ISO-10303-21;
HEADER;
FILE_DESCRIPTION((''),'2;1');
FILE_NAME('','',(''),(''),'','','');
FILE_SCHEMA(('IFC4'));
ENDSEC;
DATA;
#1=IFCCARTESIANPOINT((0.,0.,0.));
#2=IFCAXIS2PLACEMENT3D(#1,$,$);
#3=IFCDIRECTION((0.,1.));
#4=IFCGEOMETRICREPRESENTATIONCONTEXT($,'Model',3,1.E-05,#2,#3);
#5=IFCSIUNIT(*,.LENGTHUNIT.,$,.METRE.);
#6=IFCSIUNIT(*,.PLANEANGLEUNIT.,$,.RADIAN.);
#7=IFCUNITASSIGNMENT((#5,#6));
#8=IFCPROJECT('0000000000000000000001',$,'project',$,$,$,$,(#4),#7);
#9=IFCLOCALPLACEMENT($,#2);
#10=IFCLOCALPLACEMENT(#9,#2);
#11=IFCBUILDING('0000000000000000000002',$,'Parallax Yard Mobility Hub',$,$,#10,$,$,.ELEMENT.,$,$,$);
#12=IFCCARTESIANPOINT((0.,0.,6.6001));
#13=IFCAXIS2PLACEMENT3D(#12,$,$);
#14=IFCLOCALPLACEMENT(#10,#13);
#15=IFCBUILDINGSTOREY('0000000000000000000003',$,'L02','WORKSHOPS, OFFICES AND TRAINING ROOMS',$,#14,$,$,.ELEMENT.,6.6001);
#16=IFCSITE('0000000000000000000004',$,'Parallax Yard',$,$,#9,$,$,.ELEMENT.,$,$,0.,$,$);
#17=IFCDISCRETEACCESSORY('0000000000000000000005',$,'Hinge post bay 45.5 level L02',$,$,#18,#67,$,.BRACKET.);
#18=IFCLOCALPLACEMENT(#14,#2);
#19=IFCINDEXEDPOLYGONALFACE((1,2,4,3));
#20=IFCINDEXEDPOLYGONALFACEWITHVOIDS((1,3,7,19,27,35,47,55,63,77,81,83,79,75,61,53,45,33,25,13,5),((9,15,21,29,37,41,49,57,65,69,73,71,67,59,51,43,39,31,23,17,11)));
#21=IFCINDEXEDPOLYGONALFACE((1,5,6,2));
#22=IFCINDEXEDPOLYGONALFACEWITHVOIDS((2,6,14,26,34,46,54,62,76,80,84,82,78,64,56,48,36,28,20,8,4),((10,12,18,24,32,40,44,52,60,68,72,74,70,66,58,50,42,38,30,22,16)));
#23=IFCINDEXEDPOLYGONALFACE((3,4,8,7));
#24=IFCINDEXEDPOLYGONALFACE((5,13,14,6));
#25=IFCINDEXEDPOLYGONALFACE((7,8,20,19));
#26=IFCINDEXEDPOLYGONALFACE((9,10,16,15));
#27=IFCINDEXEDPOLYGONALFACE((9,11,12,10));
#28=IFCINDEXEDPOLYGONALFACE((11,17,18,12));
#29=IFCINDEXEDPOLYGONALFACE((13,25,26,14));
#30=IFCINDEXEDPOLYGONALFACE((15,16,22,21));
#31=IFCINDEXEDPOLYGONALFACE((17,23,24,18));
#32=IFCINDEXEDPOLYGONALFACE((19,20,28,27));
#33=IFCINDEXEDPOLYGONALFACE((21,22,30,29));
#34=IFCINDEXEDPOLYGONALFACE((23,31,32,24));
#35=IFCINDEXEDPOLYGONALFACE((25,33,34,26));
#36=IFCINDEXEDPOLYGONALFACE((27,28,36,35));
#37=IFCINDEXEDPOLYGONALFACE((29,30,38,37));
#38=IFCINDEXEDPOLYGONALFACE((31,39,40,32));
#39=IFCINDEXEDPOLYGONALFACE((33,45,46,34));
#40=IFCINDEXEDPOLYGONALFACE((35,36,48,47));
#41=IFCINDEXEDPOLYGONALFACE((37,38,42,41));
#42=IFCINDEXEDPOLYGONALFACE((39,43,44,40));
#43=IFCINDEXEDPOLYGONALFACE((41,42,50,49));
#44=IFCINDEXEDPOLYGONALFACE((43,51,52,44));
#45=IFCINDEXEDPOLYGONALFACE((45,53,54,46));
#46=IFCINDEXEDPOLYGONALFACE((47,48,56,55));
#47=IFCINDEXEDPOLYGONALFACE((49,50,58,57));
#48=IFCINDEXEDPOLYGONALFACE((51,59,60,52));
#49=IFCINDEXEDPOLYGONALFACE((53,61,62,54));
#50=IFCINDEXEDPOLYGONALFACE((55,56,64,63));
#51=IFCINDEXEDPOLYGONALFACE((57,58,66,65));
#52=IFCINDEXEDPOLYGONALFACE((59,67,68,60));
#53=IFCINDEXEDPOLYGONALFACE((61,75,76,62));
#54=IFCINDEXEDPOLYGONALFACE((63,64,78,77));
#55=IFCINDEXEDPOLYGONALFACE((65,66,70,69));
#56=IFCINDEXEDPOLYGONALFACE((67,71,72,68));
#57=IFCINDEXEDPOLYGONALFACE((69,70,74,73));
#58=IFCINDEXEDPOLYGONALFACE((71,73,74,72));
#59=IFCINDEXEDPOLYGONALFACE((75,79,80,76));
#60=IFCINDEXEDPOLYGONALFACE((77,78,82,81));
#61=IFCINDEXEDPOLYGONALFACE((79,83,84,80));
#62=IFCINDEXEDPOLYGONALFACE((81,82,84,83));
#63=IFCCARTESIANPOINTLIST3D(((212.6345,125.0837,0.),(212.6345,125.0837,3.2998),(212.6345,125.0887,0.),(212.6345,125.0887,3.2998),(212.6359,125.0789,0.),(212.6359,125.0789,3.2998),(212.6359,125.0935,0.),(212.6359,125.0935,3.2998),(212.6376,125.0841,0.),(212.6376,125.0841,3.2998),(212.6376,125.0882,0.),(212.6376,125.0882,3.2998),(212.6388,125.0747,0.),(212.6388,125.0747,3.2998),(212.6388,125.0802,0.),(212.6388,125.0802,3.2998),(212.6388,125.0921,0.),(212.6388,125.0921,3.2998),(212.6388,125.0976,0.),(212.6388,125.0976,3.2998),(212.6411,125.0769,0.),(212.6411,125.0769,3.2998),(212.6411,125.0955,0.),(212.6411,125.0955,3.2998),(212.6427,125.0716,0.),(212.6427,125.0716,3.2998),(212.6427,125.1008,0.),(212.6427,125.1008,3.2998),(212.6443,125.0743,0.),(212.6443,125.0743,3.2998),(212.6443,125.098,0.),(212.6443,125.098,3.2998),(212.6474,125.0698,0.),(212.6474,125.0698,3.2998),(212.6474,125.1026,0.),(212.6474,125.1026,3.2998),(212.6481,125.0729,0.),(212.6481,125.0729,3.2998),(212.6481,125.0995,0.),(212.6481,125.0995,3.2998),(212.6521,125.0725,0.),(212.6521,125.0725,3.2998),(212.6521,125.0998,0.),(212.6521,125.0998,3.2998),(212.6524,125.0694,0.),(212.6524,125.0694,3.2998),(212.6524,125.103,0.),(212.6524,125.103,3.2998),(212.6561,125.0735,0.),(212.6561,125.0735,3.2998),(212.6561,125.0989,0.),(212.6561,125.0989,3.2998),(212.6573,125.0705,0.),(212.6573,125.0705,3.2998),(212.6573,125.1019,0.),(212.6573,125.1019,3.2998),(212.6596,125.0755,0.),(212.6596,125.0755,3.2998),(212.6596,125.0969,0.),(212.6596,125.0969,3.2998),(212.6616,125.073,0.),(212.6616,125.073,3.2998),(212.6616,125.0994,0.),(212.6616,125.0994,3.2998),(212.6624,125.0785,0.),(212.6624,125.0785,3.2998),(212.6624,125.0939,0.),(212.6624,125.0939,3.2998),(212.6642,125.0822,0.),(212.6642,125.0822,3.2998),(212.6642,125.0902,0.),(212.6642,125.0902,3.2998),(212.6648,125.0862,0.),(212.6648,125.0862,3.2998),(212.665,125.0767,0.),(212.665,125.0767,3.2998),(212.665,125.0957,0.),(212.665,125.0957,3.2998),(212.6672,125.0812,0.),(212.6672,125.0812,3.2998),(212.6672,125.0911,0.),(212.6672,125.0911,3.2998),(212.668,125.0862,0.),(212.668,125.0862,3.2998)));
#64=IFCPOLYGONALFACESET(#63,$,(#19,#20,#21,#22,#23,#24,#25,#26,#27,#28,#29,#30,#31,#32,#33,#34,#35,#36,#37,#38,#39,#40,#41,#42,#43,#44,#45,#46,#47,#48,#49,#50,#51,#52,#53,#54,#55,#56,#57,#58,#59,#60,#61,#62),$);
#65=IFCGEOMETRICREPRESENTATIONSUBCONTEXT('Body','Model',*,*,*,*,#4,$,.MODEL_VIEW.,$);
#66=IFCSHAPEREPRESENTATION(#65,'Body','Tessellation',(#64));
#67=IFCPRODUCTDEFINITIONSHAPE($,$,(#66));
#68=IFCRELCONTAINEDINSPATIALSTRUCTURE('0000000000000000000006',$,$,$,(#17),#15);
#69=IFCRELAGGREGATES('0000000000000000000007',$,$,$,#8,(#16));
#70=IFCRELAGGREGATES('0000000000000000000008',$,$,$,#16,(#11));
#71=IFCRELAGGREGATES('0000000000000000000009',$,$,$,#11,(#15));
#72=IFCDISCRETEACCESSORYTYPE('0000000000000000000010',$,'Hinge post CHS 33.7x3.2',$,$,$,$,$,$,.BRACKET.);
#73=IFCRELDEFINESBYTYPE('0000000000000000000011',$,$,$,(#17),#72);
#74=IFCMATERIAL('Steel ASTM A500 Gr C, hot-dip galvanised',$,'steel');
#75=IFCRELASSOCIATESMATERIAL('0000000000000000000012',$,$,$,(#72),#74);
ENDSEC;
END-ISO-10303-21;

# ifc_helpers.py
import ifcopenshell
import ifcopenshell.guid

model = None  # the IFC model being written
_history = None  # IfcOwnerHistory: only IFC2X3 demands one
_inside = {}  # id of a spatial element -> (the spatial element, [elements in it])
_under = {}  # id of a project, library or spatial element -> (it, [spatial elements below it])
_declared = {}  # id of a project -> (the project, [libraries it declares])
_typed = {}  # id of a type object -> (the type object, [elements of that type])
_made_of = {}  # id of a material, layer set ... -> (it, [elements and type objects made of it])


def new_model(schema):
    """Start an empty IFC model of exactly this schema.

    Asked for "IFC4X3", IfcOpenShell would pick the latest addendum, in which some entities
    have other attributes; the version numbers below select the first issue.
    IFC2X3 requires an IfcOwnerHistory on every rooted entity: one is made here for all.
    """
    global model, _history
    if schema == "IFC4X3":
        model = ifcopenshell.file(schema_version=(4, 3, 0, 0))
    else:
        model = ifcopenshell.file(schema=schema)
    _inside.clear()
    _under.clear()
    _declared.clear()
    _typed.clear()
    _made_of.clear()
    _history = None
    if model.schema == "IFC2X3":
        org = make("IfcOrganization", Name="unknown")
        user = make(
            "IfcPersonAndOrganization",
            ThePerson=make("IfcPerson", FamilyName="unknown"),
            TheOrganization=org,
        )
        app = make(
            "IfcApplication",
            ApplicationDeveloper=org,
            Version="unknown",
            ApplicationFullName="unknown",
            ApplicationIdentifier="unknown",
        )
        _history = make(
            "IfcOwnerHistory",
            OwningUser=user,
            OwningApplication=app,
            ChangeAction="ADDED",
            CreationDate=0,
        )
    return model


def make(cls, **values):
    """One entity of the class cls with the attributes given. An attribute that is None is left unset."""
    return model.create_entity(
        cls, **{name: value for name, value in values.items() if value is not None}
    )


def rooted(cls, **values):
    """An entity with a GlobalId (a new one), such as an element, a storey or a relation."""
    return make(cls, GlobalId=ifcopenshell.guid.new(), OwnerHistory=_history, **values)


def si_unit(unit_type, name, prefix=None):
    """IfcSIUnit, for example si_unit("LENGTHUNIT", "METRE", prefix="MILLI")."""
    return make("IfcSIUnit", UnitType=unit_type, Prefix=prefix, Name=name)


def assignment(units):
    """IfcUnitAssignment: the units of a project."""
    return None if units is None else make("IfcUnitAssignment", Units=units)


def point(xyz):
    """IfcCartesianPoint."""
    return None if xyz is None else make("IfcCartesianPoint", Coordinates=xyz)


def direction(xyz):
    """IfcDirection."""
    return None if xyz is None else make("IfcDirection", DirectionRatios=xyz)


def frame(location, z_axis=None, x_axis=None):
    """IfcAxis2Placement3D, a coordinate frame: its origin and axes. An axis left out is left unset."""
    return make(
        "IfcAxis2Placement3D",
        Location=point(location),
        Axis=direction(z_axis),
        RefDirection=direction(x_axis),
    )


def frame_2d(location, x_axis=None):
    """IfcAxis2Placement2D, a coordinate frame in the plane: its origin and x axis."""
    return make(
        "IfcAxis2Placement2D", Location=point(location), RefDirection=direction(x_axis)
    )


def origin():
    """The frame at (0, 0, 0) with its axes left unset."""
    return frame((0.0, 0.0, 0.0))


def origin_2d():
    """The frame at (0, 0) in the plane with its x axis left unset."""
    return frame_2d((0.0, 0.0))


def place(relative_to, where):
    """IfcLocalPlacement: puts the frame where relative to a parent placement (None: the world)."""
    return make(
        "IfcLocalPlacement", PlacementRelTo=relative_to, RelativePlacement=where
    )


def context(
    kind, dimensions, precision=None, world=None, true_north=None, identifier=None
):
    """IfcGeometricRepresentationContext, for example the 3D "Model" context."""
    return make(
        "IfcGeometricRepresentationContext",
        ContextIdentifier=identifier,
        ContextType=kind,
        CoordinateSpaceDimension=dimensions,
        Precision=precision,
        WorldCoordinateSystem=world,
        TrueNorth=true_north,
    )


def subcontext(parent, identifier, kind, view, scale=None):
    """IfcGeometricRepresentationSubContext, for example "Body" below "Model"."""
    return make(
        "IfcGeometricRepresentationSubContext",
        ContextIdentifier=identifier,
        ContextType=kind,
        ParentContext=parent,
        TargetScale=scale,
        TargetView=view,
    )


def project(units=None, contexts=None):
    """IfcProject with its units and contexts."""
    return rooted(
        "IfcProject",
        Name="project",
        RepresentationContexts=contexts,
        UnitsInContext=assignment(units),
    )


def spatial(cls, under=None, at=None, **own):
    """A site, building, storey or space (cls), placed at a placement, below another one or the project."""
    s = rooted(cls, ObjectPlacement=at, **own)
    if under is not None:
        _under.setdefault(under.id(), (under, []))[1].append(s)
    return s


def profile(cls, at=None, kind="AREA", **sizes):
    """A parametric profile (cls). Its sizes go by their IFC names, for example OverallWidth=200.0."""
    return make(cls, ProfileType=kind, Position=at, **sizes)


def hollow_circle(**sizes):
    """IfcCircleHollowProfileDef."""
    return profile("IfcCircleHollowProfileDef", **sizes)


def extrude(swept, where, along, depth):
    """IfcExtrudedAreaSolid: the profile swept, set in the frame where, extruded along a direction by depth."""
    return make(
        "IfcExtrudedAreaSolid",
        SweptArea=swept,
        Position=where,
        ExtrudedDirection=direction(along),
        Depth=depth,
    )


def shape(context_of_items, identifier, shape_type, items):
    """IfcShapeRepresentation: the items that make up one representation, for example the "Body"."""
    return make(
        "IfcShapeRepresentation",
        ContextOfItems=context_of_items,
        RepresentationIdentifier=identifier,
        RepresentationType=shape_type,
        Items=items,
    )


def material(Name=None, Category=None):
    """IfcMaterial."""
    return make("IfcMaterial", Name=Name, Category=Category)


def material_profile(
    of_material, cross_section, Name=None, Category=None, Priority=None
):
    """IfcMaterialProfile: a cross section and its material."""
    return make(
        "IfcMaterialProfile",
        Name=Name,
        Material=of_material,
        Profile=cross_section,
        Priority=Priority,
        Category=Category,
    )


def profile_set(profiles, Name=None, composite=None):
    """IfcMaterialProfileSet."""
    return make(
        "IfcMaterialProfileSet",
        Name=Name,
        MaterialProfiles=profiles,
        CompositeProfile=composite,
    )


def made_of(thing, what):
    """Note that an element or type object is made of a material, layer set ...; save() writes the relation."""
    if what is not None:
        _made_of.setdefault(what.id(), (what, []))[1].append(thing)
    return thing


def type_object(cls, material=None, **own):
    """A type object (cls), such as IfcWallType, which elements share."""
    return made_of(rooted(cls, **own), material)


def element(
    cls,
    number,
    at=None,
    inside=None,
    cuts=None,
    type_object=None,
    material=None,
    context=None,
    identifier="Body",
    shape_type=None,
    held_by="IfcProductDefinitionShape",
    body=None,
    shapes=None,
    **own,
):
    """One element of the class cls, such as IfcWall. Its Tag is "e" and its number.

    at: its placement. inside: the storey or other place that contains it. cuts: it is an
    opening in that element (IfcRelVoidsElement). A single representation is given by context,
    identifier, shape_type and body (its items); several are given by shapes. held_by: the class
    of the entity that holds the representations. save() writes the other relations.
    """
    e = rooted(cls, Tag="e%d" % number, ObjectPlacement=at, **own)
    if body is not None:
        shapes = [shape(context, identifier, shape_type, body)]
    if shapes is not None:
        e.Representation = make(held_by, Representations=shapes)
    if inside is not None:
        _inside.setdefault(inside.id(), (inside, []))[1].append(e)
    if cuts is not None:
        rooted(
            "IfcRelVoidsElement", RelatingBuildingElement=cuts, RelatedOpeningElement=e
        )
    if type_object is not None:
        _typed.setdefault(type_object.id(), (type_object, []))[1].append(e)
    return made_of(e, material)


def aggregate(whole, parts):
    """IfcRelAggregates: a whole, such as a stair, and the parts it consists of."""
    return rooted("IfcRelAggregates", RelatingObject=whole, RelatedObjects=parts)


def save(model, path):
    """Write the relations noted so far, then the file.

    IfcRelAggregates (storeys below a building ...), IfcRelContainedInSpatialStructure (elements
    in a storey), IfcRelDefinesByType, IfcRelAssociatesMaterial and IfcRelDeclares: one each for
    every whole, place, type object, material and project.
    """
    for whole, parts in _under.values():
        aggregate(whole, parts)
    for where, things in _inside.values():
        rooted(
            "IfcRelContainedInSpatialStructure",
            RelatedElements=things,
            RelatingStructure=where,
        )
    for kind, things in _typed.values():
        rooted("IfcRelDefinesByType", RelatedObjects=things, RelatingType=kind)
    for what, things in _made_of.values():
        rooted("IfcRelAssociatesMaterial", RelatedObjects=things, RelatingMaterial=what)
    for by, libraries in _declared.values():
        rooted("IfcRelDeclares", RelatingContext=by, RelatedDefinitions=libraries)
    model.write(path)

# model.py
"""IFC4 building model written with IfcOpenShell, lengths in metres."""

from ifc_helpers import new_model, si_unit, direction, frame, origin, origin_2d, place, context, subcontext, project, spatial, hollow_circle, extrude, material, material_profile, profile_set, type_object, element, save


model = new_model("IFC4")

# Units and contexts
model_context = context("Model", 3, precision=1e-05, world=origin(), true_north=direction((0.0, 1.0)))
body_context = subcontext(model_context, "Body", "Model", "MODEL_VIEW")
ifc_project = project(units=[si_unit("LENGTHUNIT", "METRE"), si_unit("PLANEANGLEUNIT", "RADIAN")], contexts=[model_context])

# Site, building, storey
site_placement = place(None, origin())
site = spatial("IfcSite", under=ifc_project, at=site_placement, Name="Parallax Yard", CompositionType="ELEMENT", RefElevation=0.0)
building_placement = place(site_placement, origin())
building = spatial("IfcBuilding", under=site, at=building_placement, Name="Parallax Yard Mobility Hub", CompositionType="ELEMENT")
storey_placement = place(building_placement, frame((0.0, 0.0, 6.6001)))
storey = spatial("IfcBuildingStorey", under=building, at=storey_placement, Name="L02", Description="WORKSHOPS, OFFICES AND TRAINING ROOMS", CompositionType="ELEMENT", Elevation=6.6001)

# Discrete accessory
ifc_material_1 = material(Name="Steel ASTM A500 Gr C, hot-dip galvanised", Category="steel")
ifc_material_profile = material_profile(ifc_material_1, hollow_circle(Radius=0.0168, WallThickness=0.0032, at=origin_2d()), Name="CHS 33.7x3.2")
ifc_profile_set = profile_set([ifc_material_profile], Name="Steel ASTM A500 Gr C, hot-dip galvanised")
discrete_accessory_type_1 = type_object("IfcDiscreteAccessoryType", Name="Hinge post CHS 33.7x3.2", PredefinedType="BRACKET", material=ifc_profile_set)
for number, where, z_axis, x_axis, name in (
    (1, (212.6511, 125.0862, 0.0), (0.0, 0.0, 1.0), (1.0, 0.0, 0.0), "Hinge post bay 45.5 level L02"),
):
    element("IfcDiscreteAccessory", number, at=place(storey_placement, frame(where, z_axis=z_axis, x_axis=x_axis)), inside=storey, type_object=discrete_accessory_type_1, Name=name, PredefinedType="BRACKET", context=body_context, shape_type="SweptSolid", body=[
        extrude(hollow_circle(Radius=0.0168, WallThickness=0.0032, at=origin_2d()), origin(), (0.0, 0.0, 1.0), 3.2998),
    ])

save(model, "model.ifc")
